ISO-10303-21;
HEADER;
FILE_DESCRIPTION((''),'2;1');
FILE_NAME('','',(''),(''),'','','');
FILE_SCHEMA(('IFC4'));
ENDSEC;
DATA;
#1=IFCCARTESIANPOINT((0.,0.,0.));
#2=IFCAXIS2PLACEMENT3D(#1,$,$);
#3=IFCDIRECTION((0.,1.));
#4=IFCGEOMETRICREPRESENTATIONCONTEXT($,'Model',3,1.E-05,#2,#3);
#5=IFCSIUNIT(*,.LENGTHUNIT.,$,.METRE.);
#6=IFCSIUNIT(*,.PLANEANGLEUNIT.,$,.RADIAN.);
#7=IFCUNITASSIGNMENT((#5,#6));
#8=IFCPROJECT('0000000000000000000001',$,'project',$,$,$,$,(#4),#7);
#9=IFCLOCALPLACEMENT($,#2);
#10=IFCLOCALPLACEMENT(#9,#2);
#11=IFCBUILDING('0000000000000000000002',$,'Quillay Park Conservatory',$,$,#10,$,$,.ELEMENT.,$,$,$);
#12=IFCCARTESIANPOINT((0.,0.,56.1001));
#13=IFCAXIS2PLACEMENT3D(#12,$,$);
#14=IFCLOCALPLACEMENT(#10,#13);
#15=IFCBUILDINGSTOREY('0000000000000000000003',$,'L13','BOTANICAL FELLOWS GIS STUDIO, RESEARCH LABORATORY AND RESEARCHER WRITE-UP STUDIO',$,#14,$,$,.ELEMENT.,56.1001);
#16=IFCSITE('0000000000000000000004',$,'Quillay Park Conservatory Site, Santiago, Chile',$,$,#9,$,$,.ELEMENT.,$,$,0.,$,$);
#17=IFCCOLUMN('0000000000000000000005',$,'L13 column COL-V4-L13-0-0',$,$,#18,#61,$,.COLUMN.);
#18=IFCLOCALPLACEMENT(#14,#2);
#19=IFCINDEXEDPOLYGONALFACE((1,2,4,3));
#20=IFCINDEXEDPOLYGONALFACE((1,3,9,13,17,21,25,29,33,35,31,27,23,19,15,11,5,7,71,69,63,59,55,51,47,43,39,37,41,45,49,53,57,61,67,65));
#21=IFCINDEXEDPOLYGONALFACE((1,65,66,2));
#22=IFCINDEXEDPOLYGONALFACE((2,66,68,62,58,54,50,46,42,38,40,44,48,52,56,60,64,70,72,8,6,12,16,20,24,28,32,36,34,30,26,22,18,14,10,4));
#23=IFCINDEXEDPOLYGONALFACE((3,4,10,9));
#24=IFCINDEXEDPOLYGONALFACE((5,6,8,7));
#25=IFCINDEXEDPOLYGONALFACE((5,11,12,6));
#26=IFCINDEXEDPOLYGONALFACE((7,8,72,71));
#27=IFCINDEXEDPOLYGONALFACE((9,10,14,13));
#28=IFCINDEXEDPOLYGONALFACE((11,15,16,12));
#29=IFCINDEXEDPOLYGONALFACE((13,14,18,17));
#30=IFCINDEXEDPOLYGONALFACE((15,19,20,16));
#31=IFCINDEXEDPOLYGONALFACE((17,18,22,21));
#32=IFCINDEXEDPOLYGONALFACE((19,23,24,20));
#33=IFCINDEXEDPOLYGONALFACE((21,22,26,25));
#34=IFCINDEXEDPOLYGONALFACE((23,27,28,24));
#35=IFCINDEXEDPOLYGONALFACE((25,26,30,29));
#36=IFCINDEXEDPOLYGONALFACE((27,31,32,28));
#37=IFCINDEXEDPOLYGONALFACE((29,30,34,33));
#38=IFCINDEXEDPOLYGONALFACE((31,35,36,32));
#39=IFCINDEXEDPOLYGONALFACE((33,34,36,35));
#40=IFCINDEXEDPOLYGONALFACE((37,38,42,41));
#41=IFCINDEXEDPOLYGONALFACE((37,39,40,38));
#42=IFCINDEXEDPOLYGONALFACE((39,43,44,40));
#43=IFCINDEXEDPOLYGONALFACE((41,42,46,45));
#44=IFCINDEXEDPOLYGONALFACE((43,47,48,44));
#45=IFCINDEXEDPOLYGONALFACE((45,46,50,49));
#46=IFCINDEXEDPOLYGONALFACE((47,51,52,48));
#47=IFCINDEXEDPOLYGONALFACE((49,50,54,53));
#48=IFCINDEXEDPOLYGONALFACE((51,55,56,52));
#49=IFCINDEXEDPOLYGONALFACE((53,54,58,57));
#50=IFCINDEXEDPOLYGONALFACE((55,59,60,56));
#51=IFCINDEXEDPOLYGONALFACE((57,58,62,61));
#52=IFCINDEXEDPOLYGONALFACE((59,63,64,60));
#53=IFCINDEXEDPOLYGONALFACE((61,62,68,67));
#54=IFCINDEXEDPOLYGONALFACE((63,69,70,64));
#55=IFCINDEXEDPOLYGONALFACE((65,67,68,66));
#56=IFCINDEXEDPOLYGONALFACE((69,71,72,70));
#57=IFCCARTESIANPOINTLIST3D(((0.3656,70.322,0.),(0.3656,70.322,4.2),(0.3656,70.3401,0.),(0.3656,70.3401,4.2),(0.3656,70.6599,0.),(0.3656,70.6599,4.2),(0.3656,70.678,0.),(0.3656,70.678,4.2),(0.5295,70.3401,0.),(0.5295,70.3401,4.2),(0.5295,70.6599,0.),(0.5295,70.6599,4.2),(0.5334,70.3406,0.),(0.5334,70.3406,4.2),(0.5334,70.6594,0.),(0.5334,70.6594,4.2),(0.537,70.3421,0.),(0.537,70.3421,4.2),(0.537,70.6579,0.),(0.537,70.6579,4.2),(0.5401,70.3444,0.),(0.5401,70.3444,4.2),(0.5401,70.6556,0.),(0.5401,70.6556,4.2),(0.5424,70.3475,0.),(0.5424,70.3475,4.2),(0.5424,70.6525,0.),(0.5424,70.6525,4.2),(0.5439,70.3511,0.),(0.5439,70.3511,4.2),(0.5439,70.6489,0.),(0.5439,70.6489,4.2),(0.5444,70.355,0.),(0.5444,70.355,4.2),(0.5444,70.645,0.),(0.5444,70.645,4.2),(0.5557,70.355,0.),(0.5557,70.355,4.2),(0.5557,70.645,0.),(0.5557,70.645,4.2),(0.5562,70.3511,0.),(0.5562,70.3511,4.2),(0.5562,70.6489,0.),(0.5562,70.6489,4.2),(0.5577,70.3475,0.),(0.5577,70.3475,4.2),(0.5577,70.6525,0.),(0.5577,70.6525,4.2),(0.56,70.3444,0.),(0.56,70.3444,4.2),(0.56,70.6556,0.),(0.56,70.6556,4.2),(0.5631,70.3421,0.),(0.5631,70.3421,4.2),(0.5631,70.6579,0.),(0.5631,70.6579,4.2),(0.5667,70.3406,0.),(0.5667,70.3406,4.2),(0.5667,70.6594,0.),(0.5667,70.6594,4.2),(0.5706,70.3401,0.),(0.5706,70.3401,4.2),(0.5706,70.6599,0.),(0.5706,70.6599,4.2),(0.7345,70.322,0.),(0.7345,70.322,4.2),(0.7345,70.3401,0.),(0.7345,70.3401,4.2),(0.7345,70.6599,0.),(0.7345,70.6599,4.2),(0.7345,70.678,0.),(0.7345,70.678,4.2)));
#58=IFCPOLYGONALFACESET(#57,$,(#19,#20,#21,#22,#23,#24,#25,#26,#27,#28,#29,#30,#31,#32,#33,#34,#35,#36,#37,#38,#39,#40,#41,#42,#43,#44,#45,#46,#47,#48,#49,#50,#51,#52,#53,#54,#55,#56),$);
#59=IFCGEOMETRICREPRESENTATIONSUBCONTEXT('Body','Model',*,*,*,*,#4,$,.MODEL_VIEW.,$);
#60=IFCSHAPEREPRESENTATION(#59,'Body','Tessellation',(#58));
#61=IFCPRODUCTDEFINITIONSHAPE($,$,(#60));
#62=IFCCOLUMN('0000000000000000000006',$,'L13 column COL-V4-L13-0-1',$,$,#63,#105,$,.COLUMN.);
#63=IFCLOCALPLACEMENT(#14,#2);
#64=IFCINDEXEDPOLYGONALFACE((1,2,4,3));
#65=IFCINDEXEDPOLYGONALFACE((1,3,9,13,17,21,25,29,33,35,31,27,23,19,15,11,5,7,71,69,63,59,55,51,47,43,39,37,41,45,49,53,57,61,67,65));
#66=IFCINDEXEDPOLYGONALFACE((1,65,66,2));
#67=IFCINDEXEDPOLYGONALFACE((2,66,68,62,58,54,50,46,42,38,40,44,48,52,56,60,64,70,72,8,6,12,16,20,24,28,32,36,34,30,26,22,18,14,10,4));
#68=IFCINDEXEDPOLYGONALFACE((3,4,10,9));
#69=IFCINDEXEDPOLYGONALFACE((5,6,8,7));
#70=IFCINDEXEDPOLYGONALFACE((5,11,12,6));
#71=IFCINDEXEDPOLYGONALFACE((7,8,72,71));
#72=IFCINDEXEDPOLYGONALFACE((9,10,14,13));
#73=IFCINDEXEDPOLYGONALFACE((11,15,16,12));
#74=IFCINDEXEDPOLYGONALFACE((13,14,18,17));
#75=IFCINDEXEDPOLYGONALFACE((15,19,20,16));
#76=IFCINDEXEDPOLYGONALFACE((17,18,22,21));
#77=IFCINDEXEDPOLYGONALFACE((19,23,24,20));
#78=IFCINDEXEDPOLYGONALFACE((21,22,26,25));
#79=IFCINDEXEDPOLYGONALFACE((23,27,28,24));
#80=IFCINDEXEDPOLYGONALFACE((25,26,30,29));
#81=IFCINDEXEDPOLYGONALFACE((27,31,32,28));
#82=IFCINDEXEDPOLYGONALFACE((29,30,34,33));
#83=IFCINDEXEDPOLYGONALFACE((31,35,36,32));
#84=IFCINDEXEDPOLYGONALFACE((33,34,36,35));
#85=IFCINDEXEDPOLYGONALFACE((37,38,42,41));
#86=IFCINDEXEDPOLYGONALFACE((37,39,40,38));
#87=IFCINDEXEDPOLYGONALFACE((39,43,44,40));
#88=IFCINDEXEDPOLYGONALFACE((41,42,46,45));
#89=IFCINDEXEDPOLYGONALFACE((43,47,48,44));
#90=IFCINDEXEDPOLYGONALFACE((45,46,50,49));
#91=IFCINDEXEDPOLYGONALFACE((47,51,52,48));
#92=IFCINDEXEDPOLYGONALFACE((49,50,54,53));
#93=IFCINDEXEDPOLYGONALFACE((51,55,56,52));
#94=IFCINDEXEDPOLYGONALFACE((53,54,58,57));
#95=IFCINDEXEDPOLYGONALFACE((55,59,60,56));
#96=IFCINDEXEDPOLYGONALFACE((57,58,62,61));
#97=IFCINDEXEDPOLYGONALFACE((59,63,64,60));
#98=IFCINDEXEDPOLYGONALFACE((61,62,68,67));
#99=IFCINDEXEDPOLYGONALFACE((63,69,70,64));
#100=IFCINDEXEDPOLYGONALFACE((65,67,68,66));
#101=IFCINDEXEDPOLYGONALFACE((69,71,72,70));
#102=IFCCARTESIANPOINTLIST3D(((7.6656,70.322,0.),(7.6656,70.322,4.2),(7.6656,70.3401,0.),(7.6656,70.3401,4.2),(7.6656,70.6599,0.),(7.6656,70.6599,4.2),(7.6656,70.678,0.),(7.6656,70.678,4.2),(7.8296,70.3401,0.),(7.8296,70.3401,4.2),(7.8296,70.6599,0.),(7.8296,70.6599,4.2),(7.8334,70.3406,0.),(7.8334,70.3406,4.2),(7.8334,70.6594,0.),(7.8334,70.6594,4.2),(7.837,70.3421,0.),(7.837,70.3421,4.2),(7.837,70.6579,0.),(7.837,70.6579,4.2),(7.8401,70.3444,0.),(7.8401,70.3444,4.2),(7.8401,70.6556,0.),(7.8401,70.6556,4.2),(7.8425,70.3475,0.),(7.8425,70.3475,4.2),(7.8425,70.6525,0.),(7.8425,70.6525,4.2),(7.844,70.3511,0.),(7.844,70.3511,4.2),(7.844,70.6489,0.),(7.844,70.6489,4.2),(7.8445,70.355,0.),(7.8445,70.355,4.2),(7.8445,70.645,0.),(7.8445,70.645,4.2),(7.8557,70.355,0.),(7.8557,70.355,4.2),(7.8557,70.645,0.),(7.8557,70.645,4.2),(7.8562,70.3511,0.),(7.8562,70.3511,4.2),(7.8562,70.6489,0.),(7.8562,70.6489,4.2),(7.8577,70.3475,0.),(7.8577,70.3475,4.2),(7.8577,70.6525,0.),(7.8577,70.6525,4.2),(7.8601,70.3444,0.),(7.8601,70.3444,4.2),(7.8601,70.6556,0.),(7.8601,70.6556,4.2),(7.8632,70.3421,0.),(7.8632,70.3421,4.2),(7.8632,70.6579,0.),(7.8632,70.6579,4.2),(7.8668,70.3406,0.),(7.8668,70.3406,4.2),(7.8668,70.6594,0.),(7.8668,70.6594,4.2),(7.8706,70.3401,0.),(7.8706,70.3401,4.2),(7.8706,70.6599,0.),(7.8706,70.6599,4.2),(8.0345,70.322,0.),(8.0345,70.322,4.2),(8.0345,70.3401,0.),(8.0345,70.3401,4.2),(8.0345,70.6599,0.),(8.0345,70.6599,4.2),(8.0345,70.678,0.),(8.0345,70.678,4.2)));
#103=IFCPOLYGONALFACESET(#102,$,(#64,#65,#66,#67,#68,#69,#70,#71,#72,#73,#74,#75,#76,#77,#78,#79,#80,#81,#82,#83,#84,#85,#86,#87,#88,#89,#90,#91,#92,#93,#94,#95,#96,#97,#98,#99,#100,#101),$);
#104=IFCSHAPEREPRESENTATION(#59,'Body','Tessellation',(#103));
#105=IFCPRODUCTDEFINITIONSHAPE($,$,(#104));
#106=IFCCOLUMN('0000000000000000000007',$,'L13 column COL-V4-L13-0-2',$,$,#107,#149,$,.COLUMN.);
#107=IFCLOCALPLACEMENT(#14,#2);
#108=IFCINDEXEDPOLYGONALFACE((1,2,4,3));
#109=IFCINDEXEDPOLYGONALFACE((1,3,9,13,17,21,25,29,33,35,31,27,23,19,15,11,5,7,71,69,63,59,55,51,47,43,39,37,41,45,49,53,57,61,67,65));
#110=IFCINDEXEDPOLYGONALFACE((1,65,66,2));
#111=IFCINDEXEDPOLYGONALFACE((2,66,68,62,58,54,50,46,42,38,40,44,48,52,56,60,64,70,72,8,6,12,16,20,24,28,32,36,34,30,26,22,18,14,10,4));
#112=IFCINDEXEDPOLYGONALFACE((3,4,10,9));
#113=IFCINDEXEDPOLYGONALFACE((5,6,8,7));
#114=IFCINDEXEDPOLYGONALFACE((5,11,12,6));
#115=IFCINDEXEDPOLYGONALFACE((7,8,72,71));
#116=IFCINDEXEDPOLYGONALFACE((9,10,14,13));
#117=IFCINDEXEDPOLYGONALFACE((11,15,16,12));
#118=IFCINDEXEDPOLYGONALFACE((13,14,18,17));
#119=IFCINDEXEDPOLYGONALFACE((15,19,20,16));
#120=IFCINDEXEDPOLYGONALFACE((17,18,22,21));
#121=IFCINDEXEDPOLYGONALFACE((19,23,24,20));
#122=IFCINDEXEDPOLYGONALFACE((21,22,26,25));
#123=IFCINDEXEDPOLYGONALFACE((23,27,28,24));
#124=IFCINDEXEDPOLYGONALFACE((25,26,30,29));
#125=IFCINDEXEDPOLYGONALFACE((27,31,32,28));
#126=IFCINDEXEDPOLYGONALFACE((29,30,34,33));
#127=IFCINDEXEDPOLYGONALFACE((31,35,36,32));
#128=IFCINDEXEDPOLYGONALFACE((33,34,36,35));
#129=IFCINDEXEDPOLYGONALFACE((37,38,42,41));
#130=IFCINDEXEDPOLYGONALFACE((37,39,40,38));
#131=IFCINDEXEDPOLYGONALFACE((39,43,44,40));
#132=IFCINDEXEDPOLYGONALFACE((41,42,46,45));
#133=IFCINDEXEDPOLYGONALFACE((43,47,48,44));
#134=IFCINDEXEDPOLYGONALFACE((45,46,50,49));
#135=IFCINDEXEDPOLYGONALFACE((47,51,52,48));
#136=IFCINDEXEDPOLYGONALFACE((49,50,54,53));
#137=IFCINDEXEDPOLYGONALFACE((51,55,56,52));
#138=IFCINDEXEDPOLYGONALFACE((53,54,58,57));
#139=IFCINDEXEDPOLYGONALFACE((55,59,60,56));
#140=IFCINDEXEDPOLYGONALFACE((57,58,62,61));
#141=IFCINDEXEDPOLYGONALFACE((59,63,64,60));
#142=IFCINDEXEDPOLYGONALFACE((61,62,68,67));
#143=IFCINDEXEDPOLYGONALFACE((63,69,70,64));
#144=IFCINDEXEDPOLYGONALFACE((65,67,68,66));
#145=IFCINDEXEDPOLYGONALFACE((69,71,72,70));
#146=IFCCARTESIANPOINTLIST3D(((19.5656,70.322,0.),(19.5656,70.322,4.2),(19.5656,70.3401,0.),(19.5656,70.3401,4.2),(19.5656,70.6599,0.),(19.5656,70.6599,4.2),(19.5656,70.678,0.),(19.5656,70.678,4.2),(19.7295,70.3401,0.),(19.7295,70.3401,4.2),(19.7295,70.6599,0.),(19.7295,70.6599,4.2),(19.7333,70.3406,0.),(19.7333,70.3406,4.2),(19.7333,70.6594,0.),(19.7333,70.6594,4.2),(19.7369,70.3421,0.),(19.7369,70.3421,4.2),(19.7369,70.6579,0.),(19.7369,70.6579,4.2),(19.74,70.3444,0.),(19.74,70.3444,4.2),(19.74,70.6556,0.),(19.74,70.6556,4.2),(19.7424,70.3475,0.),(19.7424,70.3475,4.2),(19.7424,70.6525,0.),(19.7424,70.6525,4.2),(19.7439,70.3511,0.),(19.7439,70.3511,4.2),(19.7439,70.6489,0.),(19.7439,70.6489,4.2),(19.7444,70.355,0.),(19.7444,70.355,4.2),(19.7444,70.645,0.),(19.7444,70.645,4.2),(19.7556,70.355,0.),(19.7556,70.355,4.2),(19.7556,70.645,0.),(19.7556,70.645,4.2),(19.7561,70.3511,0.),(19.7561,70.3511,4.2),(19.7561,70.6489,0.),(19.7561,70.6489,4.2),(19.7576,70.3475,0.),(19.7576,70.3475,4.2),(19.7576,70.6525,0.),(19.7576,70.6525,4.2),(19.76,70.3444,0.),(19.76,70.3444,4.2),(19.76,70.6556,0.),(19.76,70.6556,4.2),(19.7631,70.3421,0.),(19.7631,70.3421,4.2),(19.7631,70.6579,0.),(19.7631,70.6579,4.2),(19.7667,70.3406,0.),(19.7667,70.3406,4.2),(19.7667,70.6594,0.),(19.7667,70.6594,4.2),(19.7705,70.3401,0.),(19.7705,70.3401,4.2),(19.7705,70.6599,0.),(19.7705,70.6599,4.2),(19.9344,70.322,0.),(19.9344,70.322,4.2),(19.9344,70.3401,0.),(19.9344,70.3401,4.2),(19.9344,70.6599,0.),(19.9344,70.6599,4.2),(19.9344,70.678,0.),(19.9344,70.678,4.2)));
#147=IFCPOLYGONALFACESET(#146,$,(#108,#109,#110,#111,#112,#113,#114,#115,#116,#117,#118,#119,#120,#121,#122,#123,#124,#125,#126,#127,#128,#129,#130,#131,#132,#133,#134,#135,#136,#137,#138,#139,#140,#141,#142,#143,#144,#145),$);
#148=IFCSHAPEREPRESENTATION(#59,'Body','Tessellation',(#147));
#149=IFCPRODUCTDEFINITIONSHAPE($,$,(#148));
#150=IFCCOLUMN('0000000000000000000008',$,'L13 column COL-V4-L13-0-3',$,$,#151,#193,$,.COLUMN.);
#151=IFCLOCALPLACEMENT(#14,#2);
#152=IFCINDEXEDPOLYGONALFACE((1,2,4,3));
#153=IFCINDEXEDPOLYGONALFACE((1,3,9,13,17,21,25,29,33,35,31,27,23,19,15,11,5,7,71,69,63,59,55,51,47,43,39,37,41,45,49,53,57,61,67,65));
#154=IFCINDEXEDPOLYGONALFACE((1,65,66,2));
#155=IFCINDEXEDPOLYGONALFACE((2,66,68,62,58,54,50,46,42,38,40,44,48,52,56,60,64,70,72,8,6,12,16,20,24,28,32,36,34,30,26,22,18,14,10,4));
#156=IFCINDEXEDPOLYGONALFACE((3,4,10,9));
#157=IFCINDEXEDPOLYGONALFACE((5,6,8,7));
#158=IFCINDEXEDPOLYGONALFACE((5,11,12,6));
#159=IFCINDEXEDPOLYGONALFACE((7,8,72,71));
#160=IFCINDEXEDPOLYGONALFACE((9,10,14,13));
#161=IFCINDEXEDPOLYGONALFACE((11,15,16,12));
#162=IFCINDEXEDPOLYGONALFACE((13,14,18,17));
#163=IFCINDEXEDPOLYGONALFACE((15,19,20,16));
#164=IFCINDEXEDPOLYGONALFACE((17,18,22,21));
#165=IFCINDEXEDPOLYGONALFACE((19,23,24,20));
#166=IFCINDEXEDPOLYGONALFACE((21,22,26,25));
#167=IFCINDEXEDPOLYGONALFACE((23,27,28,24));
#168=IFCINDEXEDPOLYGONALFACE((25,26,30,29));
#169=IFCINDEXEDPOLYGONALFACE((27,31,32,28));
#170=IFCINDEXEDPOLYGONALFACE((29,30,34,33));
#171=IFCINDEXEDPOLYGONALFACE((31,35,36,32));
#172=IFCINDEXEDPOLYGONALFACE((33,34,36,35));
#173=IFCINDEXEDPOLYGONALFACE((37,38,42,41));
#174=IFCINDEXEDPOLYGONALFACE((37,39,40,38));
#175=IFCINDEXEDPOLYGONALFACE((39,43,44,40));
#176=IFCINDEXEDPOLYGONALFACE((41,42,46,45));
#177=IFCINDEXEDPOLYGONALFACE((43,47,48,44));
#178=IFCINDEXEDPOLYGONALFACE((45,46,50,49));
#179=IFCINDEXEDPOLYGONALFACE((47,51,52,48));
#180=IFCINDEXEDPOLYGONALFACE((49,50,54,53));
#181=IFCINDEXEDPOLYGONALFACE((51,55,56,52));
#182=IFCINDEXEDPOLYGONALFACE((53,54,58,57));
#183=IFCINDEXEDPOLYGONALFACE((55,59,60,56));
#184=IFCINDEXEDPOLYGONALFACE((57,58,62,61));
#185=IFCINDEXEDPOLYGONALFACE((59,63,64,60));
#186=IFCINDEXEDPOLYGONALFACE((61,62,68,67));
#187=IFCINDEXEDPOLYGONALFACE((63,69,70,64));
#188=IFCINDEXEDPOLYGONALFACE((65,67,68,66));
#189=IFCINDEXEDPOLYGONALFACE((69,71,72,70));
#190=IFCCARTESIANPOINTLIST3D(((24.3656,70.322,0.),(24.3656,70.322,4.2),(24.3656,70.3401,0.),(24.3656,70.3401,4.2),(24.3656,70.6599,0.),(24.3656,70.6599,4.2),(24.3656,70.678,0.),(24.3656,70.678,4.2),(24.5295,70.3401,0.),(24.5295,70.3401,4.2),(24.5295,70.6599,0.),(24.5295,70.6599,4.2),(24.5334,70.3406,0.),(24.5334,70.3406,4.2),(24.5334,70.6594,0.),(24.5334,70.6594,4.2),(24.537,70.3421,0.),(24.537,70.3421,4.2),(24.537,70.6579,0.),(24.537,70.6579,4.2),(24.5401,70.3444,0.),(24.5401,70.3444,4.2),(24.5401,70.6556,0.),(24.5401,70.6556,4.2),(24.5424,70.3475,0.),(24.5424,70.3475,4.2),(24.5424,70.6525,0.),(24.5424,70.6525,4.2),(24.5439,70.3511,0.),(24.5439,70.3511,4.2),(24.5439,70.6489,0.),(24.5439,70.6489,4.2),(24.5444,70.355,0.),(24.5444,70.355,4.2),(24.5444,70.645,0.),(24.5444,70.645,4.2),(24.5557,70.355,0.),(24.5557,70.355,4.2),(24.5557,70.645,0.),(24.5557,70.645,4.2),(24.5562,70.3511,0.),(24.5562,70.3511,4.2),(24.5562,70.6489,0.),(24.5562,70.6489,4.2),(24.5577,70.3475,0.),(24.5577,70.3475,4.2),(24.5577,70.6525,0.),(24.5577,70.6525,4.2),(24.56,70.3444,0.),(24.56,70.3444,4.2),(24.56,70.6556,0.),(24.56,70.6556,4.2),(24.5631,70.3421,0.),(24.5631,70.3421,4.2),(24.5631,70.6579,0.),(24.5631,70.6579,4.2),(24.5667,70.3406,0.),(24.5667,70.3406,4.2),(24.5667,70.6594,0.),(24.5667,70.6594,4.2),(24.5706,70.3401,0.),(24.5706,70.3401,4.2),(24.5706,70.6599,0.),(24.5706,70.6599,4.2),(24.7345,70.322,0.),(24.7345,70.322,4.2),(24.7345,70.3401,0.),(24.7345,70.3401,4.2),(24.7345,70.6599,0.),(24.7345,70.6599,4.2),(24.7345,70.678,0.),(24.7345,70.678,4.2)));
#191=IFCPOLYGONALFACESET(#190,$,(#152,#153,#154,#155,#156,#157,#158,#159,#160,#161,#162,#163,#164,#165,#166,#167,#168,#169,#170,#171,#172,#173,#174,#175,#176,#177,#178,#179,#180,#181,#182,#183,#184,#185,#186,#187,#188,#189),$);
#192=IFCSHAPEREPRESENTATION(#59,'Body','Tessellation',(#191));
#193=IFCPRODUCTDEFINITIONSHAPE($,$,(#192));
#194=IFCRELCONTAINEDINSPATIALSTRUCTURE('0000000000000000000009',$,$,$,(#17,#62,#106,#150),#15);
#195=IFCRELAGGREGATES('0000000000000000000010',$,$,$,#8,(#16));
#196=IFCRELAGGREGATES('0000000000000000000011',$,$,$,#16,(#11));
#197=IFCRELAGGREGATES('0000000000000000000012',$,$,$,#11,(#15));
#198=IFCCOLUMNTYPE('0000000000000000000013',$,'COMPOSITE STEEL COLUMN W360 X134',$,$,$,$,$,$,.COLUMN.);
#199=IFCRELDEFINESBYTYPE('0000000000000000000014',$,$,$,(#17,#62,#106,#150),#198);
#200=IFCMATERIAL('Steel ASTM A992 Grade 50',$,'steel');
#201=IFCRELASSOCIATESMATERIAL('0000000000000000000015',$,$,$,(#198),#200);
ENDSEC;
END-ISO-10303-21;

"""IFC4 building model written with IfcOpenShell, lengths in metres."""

from ifc_helpers import new_model, si_unit, direction, frame, origin, origin_2d, place, context, subcontext, project, spatial, i_section, extrude, material, material_profile, profile_set, type_object, element, save


model = new_model("IFC4")

# Units and contexts
model_context = context("Model", 3, precision=1e-05, world=origin(), true_north=direction((0.0, 1.0)))
body_context = subcontext(model_context, "Body", "Model", "MODEL_VIEW")
ifc_project = project(units=[si_unit("LENGTHUNIT", "METRE"), si_unit("PLANEANGLEUNIT", "RADIAN")], contexts=[model_context])

# Site, building, storey
site_placement = place(None, origin())
site = spatial("IfcSite", under=ifc_project, at=site_placement, Name="Quillay Park Conservatory Site, Santiago, Chile", CompositionType="ELEMENT", RefElevation=0.0)
building_placement = place(site_placement, origin())
building = spatial("IfcBuilding", under=site, at=building_placement, Name="Quillay Park Conservatory", CompositionType="ELEMENT")
storey_placement = place(building_placement, frame((0.0, 0.0, 56.1001)))
storey = spatial("IfcBuildingStorey", under=building, at=storey_placement, Name="L13", Description="BOTANICAL FELLOWS GIS STUDIO, RESEARCH LABORATORY AND RESEARCHER WRITE-UP STUDIO", CompositionType="ELEMENT", Elevation=56.1001)

# Columns
ifc_material_1 = material(Name="Steel ASTM A992 Grade 50", Category="steel")
ifc_material_profile_1 = material_profile(ifc_material_1, i_section(OverallWidth=0.3689, OverallDepth=0.356, WebThickness=0.0112, FlangeThickness=0.0181, FilletRadius=0.0149, at=origin_2d()), Name="W360x134")
ifc_profile_set_1 = profile_set([ifc_material_profile_1], Name="Steel ASTM A992 Grade 50")
column_type = type_object("IfcColumnType", Name="COMPOSITE STEEL COLUMN W360 X134", PredefinedType="COLUMN", material=ifc_profile_set_1)
for number, where, z_axis, x_axis, name in (
    (1, (0.55, 70.5, 0.0), (0.0, 0.0, 1.0), (1.0, 0.0, 0.0), "L13 column COL-V4-L13-0-0"),
    (2, (7.8501, 70.5, 0.0), (0.0, 0.0, 1.0), (1.0, 0.0, 0.0), "L13 column COL-V4-L13-0-1"),
    (3, (19.75, 70.5, 0.0), (0.0, 0.0, 1.0), (1.0, 0.0, 0.0), "L13 column COL-V4-L13-0-2"),
    (4, (24.55, 70.5, 0.0), (0.0, 0.0, 1.0), (1.0, 0.0, 0.0), "L13 column COL-V4-L13-0-3"),
):
    element("IfcColumn", number, at=place(storey_placement, frame(where, z_axis=z_axis, x_axis=x_axis)), inside=storey, type_object=column_type, Name=name, PredefinedType="COLUMN", context=body_context, shape_type="SweptSolid", body=[
        extrude(i_section(OverallWidth=0.3689, OverallDepth=0.356, WebThickness=0.0112, FlangeThickness=0.0181, FilletRadius=0.0149, at=origin_2d()), origin(), (0.0, 0.0, 1.0), 4.2),
    ])

save(model, "model.ifc")
